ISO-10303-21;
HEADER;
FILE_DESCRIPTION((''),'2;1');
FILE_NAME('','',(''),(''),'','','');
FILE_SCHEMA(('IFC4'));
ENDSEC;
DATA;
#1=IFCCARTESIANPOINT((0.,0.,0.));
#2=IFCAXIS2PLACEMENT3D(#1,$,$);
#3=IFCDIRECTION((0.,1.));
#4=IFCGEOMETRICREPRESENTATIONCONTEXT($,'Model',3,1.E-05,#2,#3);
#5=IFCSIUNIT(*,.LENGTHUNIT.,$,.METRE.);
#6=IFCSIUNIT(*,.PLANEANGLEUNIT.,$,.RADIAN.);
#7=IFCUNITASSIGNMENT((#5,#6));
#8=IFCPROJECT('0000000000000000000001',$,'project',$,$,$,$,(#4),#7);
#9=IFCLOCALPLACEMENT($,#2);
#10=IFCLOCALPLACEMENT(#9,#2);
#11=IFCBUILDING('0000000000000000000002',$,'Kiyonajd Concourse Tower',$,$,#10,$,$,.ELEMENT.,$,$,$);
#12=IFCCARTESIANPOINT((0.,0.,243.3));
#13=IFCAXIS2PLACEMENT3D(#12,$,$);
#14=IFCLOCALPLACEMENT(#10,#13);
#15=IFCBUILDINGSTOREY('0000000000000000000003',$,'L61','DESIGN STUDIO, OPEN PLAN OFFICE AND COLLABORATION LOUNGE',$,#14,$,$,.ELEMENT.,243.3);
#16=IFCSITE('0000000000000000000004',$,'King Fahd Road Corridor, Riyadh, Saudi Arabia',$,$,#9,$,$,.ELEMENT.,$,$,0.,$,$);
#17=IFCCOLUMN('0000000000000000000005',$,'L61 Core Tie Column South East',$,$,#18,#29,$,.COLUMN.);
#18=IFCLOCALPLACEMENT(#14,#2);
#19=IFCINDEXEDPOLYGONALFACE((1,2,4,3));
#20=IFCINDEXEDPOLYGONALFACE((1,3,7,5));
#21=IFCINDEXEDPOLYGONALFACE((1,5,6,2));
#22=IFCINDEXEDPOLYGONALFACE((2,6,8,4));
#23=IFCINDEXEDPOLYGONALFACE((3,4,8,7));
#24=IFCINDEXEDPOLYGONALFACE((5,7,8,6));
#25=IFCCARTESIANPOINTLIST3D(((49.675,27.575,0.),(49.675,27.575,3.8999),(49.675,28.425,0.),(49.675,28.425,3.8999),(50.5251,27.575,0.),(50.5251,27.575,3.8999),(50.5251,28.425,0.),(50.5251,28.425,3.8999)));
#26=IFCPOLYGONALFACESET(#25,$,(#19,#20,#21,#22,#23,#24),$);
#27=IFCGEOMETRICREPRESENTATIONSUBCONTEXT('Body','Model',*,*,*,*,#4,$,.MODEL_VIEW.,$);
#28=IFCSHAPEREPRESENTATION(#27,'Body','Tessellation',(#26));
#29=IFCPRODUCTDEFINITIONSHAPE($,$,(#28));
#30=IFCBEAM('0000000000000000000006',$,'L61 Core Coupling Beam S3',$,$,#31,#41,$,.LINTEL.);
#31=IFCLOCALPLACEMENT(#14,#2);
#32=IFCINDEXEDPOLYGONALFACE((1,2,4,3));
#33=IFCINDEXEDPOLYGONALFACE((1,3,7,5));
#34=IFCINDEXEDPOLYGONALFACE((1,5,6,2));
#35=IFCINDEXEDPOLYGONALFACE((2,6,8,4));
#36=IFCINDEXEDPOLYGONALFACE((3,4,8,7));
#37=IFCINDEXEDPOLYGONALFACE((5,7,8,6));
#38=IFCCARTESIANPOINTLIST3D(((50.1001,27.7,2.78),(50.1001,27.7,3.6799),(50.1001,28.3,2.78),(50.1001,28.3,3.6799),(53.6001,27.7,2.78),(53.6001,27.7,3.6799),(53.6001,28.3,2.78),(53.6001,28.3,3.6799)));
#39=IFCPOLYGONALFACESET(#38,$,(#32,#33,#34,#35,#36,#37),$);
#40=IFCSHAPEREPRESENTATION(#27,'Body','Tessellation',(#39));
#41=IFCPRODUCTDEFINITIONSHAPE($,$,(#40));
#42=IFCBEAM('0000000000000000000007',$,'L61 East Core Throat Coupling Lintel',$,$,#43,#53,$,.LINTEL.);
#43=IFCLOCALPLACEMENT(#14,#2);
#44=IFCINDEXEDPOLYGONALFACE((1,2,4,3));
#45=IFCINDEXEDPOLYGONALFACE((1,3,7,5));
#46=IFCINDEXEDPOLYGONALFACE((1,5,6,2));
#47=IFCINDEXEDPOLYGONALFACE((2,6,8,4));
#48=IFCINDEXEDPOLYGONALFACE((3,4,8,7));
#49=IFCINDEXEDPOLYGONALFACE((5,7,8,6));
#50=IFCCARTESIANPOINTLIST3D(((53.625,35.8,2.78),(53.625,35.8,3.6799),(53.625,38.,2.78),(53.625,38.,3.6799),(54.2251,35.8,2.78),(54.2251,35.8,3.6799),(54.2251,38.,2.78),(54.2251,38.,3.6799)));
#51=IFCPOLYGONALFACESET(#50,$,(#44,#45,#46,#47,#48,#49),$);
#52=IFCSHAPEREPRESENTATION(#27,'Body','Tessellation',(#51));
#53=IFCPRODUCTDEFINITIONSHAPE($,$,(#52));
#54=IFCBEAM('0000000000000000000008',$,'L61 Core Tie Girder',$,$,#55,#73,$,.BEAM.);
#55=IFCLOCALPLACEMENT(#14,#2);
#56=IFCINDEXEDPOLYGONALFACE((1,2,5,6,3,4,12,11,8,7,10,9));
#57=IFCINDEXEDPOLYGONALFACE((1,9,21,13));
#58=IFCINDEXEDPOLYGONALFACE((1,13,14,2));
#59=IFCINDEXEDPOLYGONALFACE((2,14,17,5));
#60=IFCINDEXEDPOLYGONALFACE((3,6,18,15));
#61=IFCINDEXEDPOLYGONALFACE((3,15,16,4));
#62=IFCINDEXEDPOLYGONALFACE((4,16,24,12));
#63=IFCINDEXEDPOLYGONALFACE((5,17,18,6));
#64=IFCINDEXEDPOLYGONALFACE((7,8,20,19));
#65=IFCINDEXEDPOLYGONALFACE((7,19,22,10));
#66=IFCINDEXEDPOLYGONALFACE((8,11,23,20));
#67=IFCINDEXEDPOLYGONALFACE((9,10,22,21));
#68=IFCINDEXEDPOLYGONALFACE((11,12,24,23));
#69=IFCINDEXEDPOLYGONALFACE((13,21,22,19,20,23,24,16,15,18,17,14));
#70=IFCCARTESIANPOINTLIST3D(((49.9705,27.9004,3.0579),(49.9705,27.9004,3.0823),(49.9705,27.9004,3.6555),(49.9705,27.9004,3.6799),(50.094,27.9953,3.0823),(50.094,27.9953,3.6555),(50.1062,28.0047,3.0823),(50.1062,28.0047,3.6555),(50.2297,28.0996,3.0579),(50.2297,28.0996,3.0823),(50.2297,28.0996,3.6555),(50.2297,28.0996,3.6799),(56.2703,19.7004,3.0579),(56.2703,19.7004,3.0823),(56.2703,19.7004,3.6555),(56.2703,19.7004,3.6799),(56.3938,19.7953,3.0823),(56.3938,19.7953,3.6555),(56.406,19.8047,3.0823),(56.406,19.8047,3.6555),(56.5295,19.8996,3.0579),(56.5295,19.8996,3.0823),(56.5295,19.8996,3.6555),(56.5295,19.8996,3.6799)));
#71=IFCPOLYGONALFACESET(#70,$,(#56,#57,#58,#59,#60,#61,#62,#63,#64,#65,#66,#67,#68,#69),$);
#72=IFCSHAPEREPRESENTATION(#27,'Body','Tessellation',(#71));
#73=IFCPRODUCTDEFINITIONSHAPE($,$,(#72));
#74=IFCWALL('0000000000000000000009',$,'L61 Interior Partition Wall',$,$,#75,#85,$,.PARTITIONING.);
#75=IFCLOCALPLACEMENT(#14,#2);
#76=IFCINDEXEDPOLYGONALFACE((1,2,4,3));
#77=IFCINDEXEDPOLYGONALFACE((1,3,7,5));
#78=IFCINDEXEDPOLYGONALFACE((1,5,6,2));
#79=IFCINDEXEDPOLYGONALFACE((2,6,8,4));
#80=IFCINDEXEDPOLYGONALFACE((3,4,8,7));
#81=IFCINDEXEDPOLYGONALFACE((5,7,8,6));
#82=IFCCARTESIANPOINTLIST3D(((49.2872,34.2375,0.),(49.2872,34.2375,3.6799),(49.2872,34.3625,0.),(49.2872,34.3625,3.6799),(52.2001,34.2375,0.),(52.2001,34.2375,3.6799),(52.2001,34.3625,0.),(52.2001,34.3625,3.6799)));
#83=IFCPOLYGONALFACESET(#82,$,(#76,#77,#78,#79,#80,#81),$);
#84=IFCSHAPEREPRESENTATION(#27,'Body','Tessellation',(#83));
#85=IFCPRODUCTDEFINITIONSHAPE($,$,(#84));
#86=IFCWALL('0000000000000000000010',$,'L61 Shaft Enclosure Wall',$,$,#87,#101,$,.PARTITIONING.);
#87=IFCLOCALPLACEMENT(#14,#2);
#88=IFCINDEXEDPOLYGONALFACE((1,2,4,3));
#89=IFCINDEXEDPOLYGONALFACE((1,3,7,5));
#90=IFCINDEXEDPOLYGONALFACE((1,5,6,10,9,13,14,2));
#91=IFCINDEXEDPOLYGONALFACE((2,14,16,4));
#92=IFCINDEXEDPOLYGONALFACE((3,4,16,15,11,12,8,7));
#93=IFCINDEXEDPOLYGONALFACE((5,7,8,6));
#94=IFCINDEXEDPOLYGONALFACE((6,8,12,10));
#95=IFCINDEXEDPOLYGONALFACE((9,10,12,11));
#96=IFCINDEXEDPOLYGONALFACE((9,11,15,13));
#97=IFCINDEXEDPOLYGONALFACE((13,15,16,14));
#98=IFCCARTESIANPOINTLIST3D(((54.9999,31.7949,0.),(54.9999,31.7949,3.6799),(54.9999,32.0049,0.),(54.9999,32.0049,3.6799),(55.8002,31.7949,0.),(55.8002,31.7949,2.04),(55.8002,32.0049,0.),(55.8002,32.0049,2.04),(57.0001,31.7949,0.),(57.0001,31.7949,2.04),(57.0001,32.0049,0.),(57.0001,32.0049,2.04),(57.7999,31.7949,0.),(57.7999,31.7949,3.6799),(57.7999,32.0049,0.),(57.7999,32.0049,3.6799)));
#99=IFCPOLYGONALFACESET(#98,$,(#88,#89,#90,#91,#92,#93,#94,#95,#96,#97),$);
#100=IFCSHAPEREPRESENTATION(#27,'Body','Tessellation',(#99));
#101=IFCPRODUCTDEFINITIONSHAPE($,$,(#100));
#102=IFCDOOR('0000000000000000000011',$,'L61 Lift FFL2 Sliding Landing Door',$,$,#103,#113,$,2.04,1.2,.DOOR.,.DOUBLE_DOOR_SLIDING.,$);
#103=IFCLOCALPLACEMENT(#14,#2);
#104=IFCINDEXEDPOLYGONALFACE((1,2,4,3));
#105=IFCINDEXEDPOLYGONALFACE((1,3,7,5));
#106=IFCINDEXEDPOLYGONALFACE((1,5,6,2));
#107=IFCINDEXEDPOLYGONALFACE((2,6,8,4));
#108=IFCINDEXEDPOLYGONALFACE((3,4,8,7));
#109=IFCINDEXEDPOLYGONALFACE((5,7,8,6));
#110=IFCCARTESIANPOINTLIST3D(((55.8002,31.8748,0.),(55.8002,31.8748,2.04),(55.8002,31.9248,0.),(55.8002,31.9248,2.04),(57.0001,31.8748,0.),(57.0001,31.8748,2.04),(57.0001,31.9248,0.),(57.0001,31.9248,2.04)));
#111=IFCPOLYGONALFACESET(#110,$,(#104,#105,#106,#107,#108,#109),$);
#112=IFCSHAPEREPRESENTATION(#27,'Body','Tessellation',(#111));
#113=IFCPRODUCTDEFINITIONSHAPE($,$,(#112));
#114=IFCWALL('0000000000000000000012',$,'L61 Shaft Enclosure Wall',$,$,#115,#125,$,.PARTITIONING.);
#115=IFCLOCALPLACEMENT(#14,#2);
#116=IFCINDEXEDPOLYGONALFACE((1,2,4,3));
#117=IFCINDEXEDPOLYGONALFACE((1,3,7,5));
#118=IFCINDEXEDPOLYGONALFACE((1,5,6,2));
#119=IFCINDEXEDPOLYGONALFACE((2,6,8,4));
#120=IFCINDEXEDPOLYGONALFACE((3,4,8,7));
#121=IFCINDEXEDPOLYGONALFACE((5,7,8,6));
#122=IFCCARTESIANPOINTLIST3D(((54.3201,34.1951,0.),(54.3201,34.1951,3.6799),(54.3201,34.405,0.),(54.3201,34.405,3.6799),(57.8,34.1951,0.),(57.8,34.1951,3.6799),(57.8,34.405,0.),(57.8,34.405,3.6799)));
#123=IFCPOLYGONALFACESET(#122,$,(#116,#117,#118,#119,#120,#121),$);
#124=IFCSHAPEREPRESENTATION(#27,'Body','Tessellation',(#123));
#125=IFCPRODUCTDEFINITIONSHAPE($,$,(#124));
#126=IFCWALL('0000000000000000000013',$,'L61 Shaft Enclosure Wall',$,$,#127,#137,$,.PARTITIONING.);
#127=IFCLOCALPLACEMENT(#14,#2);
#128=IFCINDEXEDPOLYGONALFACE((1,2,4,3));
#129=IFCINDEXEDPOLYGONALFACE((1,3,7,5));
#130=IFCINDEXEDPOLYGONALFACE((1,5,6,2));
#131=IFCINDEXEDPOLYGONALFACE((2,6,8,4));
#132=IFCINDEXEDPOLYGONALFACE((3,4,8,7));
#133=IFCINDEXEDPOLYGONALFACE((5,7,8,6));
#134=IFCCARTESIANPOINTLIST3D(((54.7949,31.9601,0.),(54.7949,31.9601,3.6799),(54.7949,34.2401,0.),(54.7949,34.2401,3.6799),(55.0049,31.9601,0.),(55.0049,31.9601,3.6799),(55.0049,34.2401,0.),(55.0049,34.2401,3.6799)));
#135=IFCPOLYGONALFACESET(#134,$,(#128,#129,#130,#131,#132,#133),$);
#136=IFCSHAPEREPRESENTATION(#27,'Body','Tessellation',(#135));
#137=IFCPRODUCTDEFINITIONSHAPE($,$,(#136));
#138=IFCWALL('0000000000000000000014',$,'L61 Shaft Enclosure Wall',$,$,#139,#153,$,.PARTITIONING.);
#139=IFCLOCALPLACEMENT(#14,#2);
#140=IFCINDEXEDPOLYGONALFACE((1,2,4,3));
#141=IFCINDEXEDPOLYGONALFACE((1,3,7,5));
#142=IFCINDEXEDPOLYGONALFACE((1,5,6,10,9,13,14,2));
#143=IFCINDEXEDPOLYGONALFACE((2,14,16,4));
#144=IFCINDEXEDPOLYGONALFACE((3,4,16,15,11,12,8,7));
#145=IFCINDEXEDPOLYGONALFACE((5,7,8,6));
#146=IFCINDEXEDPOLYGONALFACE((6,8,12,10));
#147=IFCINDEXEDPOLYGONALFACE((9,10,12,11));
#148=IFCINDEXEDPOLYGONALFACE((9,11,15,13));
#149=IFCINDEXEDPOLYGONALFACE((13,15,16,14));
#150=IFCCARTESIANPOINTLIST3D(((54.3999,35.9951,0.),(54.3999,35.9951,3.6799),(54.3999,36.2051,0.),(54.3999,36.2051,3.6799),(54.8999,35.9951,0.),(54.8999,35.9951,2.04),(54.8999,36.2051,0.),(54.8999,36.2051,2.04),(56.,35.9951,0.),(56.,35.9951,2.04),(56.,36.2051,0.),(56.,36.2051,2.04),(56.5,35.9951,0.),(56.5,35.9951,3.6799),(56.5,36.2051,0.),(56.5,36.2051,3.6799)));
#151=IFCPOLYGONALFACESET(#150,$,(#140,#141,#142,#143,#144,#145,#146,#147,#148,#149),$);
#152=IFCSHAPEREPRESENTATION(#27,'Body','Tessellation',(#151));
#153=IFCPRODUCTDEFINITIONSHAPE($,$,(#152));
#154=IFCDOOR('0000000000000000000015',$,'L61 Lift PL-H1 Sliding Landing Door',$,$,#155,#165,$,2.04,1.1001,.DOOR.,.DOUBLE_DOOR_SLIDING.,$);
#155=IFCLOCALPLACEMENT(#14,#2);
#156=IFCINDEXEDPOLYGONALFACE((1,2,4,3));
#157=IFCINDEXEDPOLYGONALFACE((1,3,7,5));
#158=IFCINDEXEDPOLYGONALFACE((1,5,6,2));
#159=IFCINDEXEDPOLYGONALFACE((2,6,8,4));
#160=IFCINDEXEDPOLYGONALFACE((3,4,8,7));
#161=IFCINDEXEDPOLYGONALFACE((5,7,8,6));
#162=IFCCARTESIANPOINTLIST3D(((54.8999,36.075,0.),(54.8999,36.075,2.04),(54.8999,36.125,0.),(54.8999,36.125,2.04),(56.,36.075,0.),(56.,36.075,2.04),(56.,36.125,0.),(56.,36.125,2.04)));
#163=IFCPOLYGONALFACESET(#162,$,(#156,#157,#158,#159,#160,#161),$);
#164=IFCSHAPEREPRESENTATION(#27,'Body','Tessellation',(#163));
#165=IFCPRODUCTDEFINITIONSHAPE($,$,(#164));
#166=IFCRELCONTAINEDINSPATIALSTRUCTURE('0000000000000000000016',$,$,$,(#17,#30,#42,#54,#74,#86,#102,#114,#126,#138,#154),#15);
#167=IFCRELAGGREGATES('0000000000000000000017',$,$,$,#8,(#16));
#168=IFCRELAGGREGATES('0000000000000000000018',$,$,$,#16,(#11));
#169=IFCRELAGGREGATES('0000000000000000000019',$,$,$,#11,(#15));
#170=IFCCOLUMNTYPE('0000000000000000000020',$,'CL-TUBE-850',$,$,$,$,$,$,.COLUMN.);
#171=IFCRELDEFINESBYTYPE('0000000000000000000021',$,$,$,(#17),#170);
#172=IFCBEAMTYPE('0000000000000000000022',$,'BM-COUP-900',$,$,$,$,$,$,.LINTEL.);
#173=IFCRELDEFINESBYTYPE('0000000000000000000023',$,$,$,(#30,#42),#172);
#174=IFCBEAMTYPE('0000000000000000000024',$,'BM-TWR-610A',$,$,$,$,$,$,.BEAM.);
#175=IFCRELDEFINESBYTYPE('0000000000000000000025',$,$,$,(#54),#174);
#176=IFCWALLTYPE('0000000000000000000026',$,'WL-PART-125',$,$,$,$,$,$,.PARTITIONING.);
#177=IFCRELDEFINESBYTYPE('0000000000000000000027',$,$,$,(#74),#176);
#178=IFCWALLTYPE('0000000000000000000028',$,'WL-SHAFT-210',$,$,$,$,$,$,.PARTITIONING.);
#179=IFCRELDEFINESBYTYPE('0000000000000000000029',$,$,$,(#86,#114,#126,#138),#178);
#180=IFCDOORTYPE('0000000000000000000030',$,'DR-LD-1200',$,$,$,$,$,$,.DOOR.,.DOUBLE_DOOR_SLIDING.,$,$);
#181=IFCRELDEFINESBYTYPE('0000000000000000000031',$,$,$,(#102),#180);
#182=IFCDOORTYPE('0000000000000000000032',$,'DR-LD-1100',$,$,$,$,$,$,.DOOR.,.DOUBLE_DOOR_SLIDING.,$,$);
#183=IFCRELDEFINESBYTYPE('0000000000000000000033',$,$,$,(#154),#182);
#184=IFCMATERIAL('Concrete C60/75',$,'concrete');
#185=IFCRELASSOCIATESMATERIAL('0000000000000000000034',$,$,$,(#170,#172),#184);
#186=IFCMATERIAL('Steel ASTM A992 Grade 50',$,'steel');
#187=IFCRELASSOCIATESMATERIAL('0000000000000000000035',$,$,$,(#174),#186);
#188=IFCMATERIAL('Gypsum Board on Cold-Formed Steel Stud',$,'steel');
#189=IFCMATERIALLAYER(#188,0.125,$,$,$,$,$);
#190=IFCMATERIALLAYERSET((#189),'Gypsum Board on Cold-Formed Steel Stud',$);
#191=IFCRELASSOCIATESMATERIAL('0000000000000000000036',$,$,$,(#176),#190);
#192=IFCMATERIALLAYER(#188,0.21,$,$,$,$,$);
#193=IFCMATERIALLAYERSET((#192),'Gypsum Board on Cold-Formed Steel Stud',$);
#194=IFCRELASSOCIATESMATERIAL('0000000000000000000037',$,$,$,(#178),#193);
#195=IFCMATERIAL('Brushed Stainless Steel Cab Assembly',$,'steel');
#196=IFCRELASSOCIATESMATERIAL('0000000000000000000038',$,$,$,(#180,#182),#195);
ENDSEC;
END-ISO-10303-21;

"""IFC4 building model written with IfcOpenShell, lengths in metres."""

from ifc_helpers import new_model, si_unit, direction, frame, frame_2d, origin, origin_2d, place, context, subcontext, project, spatial, rectangle, i_section, extrude, material, layer, layer_set, material_profile, profile_set, type_object, element, fill, save


model = new_model("IFC4")

# Units and contexts
model_context = context("Model", 3, precision=1e-05, world=origin(), true_north=direction((0.0, 1.0)))
body_context = subcontext(model_context, "Body", "Model", "MODEL_VIEW")
ifc_project = project(units=[si_unit("LENGTHUNIT", "METRE"), si_unit("PLANEANGLEUNIT", "RADIAN")], contexts=[model_context])

# Site, building, storey
site_placement = place(None, origin())
site = spatial("IfcSite", under=ifc_project, at=site_placement, Name="King Fahd Road Corridor, Riyadh, Saudi Arabia", CompositionType="ELEMENT", RefElevation=0.0)
building_placement = place(site_placement, origin())
building = spatial("IfcBuilding", under=site, at=building_placement, Name="Kiyonajd Concourse Tower", CompositionType="ELEMENT")
storey_placement = place(building_placement, frame((0.0, 0.0, 243.3)))
storey = spatial("IfcBuildingStorey", under=building, at=storey_placement, Name="L61", Description="DESIGN STUDIO, OPEN PLAN OFFICE AND COLLABORATION LOUNGE", CompositionType="ELEMENT", Elevation=243.3)

# Column
ifc_material_1 = material(Name="Concrete C60/75", Category="concrete")
ifc_material_profile_1 = material_profile(ifc_material_1, rectangle(XDim=0.8501, YDim=0.8501, at=origin_2d()), Name="RC-850x850")
ifc_profile_set_1 = profile_set([ifc_material_profile_1], Name="Concrete C60/75")
column_type = type_object("IfcColumnType", Name="CL-TUBE-850", PredefinedType="COLUMN", material=ifc_profile_set_1)
column_placement = place(storey_placement, frame((50.1001, 28.0, 0.0), z_axis=(0.0, 0.0, 1.0), x_axis=(1.0, 0.0, 0.0)))
element("IfcColumn", 1, at=column_placement, inside=storey, type_object=column_type, Name="L61 Core Tie Column South East", PredefinedType="COLUMN", context=body_context, shape_type="SweptSolid", body=[
    extrude(rectangle(XDim=0.8501, YDim=0.8501, at=origin_2d()), origin(), (0.0, 0.0, 1.0), 3.8999),
])

# Beams
ifc_material_profile_2 = material_profile(ifc_material_1, rectangle(XDim=0.6001, YDim=0.8999, at=origin_2d()), Name="RCBM-600x900")
ifc_profile_set_2 = profile_set([ifc_material_profile_2], Name="Concrete C60/75")
beam_type_1 = type_object("IfcBeamType", Name="BM-COUP-900", PredefinedType="LINTEL", material=ifc_profile_set_2)
beam_1_placement = place(storey_placement, frame((50.1001, 28.0, 3.23), z_axis=(1.0, 0.0, 0.0), x_axis=(0.0, 1.0, 0.0)))
element("IfcBeam", 2, at=beam_1_placement, inside=storey, type_object=beam_type_1, Name="L61 Core Coupling Beam S3", PredefinedType="LINTEL", context=body_context, shape_type="SweptSolid", body=[
    extrude(rectangle(XDim=0.6001, YDim=0.8999, at=origin_2d()), origin(), (0.0, 0.0, 1.0), 3.5),
])
beam_2_placement = place(storey_placement, frame((53.925, 35.8, 3.23), z_axis=(0.0, 1.0, 0.0), x_axis=(-1.0, 0.0, 0.0)))
element("IfcBeam", 3, at=beam_2_placement, inside=storey, type_object=beam_type_1, Name="L61 East Core Throat Coupling Lintel", PredefinedType="LINTEL", context=body_context, shape_type="SweptSolid", body=[
    extrude(rectangle(XDim=0.6001, YDim=0.8999, at=origin_2d()), origin(), (0.0, 0.0, 1.0), 2.2),
])
ifc_material_2 = material(Name="Steel ASTM A992 Grade 50", Category="steel")
ifc_material_profile_3 = material_profile(ifc_material_2, i_section(OverallWidth=0.3269, OverallDepth=0.6221, WebThickness=0.0154, FlangeThickness=0.0244, at=origin_2d()), Name="W610X195")
ifc_profile_set_3 = profile_set([ifc_material_profile_3], Name="Steel ASTM A992 Grade 50")
beam_type_2 = type_object("IfcBeamType", Name="BM-TWR-610A", PredefinedType="BEAM", material=ifc_profile_set_3)
beam_3_placement = place(storey_placement, frame((50.1001, 28.0, 3.3689), z_axis=(0.609234, -0.792991, 0.0), x_axis=(0.792991, 0.609234, 0.0)))
element("IfcBeam", 4, at=beam_3_placement, inside=storey, type_object=beam_type_2, Name="L61 Core Tie Girder", PredefinedType="BEAM", context=body_context, shape_type="SweptSolid", body=[
    extrude(i_section(OverallWidth=0.3269, OverallDepth=0.6221, WebThickness=0.0154, FlangeThickness=0.0244, at=origin_2d()), origin(), (0.0, 0.0, 1.0), 10.3406),
])

# Wall
ifc_material_3 = material(Name="Gypsum Board on Cold-Formed Steel Stud", Category="steel")
ifc_layer_1 = layer(ifc_material_3, 0.125)
ifc_layer_set_1 = layer_set([ifc_layer_1], Name="Gypsum Board on Cold-Formed Steel Stud")
wall_type_1 = type_object("IfcWallType", Name="WL-PART-125", PredefinedType="PARTITIONING", material=ifc_layer_set_1)
wall_1_placement = place(storey_placement, frame((49.2871, 34.3, 0.0), z_axis=(0.0, 0.0, 1.0), x_axis=(1.0, 0.0, 0.0)))
element("IfcWall", 5, at=wall_1_placement, inside=storey, type_object=wall_type_1, Name="L61 Interior Partition Wall", PredefinedType="PARTITIONING", context=body_context, shape_type="SweptSolid", body=[
    extrude(rectangle(XDim=2.9128, YDim=0.125, at=frame_2d((1.4565, 0.0))), origin(), (0.0, 0.0, 1.0), 3.6799),
])

# Wall, opening, door
ifc_layer_2 = layer(ifc_material_3, 0.21)
ifc_layer_set_2 = layer_set([ifc_layer_2], Name="Gypsum Board on Cold-Formed Steel Stud")
wall_type_2 = type_object("IfcWallType", Name="WL-SHAFT-210", PredefinedType="PARTITIONING", material=ifc_layer_set_2)
wall_2_placement = place(storey_placement, frame((55.0, 31.8999, 0.0), z_axis=(0.0, 0.0, 1.0), x_axis=(1.0, 0.0, 0.0)))
wall_2 = element("IfcWall", 6, at=wall_2_placement, inside=storey, type_object=wall_type_2, Name="L61 Shaft Enclosure Wall", PredefinedType="PARTITIONING", context=body_context, shape_type="SweptSolid", body=[
    extrude(rectangle(XDim=2.8, YDim=0.21, at=frame_2d((1.3999, 0.0))), origin(), (0.0, 0.0, 1.0), 3.6799),
])
opening_1_placement = place(wall_2_placement, frame((0.8, 0.0, 0.0)))
opening_1 = element("IfcOpeningElement", 7, at=opening_1_placement, cuts=wall_2, PredefinedType="OPENING", context=body_context, shape_type="SweptSolid", body=[
    extrude(rectangle(XDim=1.2, YDim=2.04, at=frame_2d((0.6001, 1.02))), frame((0.0, 0.115, 0.0), z_axis=(0.0, -1.0, 0.0), x_axis=(1.0, 0.0, 0.0)), (0.0, 0.0, 1.0), 0.23),
])
ifc_material_4 = material(Name="Brushed Stainless Steel Cab Assembly", Category="steel")
door_type_1 = type_object("IfcDoorType", Name="DR-LD-1200", OperationType="DOUBLE_DOOR_SLIDING", PredefinedType="DOOR", material=ifc_material_4)
door_1_placement = place(opening_1_placement, origin())
door_1 = element("IfcDoor", 8, at=door_1_placement, inside=storey, type_object=door_type_1, Name="L61 Lift FFL2 Sliding Landing Door", OperationType="DOUBLE_DOOR_SLIDING", OverallHeight=2.04, OverallWidth=1.2, PredefinedType="DOOR", context=body_context, shape_type="SweptSolid", body=[
    extrude(rectangle(XDim=1.2, YDim=2.04, at=frame_2d((0.6001, 1.02))), frame((0.0, 0.0249, 0.0), z_axis=(0.0, -1.0, 0.0), x_axis=(1.0, 0.0, 0.0)), (0.0, 0.0, 1.0), 0.05),
])
fill(opening_1, door_1)

# Walls
wall_3_placement = place(storey_placement, frame((54.3201, 34.3, 0.0), z_axis=(0.0, 0.0, 1.0), x_axis=(1.0, 0.0, 0.0)))
element("IfcWall", 9, at=wall_3_placement, inside=storey, type_object=wall_type_2, Name="L61 Shaft Enclosure Wall", PredefinedType="PARTITIONING", context=body_context, shape_type="SweptSolid", body=[
    extrude(rectangle(XDim=3.48, YDim=0.21, at=frame_2d((1.74, 0.0))), origin(), (0.0, 0.0, 1.0), 3.6799),
])
wall_4_placement = place(storey_placement, frame((54.8999, 31.96, 0.0), z_axis=(0.0, 0.0, 1.0), x_axis=(0.0, 1.0, 0.0)))
element("IfcWall", 10, at=wall_4_placement, inside=storey, type_object=wall_type_2, Name="L61 Shaft Enclosure Wall", PredefinedType="PARTITIONING", context=body_context, shape_type="SweptSolid", body=[
    extrude(rectangle(XDim=2.28, YDim=0.21, at=frame_2d((1.1401, 0.0))), origin(), (0.0, 0.0, 1.0), 3.6799),
])

# Wall, opening, door
wall_5_placement = place(storey_placement, frame((54.3999, 36.1001, 0.0), z_axis=(0.0, 0.0, 1.0), x_axis=(1.0, 0.0, 0.0)))
wall_5 = element("IfcWall", 11, at=wall_5_placement, inside=storey, type_object=wall_type_2, Name="L61 Shaft Enclosure Wall", PredefinedType="PARTITIONING", context=body_context, shape_type="SweptSolid", body=[
    extrude(rectangle(XDim=2.1001, YDim=0.21, at=frame_2d((1.05, 0.0))), origin(), (0.0, 0.0, 1.0), 3.6799),
])
opening_2_placement = place(wall_5_placement, frame((0.5, 0.0, 0.0)))
opening_2 = element("IfcOpeningElement", 12, at=opening_2_placement, cuts=wall_5, PredefinedType="OPENING", context=body_context, shape_type="SweptSolid", body=[
    extrude(rectangle(XDim=1.1001, YDim=2.04, at=frame_2d((0.55, 1.02))), frame((0.0, 0.115, 0.0), z_axis=(0.0, -1.0, 0.0), x_axis=(1.0, 0.0, 0.0)), (0.0, 0.0, 1.0), 0.23),
])
door_type_2 = type_object("IfcDoorType", Name="DR-LD-1100", OperationType="DOUBLE_DOOR_SLIDING", PredefinedType="DOOR", material=ifc_material_4)
door_2_placement = place(opening_2_placement, origin())
door_2 = element("IfcDoor", 13, at=door_2_placement, inside=storey, type_object=door_type_2, Name="L61 Lift PL-H1 Sliding Landing Door", OperationType="DOUBLE_DOOR_SLIDING", OverallHeight=2.04, OverallWidth=1.1001, PredefinedType="DOOR", context=body_context, shape_type="SweptSolid", body=[
    extrude(rectangle(XDim=1.1001, YDim=2.04, at=frame_2d((0.55, 1.02))), frame((0.0, 0.0249, 0.0), z_axis=(0.0, -1.0, 0.0), x_axis=(1.0, 0.0, 0.0)), (0.0, 0.0, 1.0), 0.05),
])
fill(opening_2, door_2)

save(model, "model.ifc")
